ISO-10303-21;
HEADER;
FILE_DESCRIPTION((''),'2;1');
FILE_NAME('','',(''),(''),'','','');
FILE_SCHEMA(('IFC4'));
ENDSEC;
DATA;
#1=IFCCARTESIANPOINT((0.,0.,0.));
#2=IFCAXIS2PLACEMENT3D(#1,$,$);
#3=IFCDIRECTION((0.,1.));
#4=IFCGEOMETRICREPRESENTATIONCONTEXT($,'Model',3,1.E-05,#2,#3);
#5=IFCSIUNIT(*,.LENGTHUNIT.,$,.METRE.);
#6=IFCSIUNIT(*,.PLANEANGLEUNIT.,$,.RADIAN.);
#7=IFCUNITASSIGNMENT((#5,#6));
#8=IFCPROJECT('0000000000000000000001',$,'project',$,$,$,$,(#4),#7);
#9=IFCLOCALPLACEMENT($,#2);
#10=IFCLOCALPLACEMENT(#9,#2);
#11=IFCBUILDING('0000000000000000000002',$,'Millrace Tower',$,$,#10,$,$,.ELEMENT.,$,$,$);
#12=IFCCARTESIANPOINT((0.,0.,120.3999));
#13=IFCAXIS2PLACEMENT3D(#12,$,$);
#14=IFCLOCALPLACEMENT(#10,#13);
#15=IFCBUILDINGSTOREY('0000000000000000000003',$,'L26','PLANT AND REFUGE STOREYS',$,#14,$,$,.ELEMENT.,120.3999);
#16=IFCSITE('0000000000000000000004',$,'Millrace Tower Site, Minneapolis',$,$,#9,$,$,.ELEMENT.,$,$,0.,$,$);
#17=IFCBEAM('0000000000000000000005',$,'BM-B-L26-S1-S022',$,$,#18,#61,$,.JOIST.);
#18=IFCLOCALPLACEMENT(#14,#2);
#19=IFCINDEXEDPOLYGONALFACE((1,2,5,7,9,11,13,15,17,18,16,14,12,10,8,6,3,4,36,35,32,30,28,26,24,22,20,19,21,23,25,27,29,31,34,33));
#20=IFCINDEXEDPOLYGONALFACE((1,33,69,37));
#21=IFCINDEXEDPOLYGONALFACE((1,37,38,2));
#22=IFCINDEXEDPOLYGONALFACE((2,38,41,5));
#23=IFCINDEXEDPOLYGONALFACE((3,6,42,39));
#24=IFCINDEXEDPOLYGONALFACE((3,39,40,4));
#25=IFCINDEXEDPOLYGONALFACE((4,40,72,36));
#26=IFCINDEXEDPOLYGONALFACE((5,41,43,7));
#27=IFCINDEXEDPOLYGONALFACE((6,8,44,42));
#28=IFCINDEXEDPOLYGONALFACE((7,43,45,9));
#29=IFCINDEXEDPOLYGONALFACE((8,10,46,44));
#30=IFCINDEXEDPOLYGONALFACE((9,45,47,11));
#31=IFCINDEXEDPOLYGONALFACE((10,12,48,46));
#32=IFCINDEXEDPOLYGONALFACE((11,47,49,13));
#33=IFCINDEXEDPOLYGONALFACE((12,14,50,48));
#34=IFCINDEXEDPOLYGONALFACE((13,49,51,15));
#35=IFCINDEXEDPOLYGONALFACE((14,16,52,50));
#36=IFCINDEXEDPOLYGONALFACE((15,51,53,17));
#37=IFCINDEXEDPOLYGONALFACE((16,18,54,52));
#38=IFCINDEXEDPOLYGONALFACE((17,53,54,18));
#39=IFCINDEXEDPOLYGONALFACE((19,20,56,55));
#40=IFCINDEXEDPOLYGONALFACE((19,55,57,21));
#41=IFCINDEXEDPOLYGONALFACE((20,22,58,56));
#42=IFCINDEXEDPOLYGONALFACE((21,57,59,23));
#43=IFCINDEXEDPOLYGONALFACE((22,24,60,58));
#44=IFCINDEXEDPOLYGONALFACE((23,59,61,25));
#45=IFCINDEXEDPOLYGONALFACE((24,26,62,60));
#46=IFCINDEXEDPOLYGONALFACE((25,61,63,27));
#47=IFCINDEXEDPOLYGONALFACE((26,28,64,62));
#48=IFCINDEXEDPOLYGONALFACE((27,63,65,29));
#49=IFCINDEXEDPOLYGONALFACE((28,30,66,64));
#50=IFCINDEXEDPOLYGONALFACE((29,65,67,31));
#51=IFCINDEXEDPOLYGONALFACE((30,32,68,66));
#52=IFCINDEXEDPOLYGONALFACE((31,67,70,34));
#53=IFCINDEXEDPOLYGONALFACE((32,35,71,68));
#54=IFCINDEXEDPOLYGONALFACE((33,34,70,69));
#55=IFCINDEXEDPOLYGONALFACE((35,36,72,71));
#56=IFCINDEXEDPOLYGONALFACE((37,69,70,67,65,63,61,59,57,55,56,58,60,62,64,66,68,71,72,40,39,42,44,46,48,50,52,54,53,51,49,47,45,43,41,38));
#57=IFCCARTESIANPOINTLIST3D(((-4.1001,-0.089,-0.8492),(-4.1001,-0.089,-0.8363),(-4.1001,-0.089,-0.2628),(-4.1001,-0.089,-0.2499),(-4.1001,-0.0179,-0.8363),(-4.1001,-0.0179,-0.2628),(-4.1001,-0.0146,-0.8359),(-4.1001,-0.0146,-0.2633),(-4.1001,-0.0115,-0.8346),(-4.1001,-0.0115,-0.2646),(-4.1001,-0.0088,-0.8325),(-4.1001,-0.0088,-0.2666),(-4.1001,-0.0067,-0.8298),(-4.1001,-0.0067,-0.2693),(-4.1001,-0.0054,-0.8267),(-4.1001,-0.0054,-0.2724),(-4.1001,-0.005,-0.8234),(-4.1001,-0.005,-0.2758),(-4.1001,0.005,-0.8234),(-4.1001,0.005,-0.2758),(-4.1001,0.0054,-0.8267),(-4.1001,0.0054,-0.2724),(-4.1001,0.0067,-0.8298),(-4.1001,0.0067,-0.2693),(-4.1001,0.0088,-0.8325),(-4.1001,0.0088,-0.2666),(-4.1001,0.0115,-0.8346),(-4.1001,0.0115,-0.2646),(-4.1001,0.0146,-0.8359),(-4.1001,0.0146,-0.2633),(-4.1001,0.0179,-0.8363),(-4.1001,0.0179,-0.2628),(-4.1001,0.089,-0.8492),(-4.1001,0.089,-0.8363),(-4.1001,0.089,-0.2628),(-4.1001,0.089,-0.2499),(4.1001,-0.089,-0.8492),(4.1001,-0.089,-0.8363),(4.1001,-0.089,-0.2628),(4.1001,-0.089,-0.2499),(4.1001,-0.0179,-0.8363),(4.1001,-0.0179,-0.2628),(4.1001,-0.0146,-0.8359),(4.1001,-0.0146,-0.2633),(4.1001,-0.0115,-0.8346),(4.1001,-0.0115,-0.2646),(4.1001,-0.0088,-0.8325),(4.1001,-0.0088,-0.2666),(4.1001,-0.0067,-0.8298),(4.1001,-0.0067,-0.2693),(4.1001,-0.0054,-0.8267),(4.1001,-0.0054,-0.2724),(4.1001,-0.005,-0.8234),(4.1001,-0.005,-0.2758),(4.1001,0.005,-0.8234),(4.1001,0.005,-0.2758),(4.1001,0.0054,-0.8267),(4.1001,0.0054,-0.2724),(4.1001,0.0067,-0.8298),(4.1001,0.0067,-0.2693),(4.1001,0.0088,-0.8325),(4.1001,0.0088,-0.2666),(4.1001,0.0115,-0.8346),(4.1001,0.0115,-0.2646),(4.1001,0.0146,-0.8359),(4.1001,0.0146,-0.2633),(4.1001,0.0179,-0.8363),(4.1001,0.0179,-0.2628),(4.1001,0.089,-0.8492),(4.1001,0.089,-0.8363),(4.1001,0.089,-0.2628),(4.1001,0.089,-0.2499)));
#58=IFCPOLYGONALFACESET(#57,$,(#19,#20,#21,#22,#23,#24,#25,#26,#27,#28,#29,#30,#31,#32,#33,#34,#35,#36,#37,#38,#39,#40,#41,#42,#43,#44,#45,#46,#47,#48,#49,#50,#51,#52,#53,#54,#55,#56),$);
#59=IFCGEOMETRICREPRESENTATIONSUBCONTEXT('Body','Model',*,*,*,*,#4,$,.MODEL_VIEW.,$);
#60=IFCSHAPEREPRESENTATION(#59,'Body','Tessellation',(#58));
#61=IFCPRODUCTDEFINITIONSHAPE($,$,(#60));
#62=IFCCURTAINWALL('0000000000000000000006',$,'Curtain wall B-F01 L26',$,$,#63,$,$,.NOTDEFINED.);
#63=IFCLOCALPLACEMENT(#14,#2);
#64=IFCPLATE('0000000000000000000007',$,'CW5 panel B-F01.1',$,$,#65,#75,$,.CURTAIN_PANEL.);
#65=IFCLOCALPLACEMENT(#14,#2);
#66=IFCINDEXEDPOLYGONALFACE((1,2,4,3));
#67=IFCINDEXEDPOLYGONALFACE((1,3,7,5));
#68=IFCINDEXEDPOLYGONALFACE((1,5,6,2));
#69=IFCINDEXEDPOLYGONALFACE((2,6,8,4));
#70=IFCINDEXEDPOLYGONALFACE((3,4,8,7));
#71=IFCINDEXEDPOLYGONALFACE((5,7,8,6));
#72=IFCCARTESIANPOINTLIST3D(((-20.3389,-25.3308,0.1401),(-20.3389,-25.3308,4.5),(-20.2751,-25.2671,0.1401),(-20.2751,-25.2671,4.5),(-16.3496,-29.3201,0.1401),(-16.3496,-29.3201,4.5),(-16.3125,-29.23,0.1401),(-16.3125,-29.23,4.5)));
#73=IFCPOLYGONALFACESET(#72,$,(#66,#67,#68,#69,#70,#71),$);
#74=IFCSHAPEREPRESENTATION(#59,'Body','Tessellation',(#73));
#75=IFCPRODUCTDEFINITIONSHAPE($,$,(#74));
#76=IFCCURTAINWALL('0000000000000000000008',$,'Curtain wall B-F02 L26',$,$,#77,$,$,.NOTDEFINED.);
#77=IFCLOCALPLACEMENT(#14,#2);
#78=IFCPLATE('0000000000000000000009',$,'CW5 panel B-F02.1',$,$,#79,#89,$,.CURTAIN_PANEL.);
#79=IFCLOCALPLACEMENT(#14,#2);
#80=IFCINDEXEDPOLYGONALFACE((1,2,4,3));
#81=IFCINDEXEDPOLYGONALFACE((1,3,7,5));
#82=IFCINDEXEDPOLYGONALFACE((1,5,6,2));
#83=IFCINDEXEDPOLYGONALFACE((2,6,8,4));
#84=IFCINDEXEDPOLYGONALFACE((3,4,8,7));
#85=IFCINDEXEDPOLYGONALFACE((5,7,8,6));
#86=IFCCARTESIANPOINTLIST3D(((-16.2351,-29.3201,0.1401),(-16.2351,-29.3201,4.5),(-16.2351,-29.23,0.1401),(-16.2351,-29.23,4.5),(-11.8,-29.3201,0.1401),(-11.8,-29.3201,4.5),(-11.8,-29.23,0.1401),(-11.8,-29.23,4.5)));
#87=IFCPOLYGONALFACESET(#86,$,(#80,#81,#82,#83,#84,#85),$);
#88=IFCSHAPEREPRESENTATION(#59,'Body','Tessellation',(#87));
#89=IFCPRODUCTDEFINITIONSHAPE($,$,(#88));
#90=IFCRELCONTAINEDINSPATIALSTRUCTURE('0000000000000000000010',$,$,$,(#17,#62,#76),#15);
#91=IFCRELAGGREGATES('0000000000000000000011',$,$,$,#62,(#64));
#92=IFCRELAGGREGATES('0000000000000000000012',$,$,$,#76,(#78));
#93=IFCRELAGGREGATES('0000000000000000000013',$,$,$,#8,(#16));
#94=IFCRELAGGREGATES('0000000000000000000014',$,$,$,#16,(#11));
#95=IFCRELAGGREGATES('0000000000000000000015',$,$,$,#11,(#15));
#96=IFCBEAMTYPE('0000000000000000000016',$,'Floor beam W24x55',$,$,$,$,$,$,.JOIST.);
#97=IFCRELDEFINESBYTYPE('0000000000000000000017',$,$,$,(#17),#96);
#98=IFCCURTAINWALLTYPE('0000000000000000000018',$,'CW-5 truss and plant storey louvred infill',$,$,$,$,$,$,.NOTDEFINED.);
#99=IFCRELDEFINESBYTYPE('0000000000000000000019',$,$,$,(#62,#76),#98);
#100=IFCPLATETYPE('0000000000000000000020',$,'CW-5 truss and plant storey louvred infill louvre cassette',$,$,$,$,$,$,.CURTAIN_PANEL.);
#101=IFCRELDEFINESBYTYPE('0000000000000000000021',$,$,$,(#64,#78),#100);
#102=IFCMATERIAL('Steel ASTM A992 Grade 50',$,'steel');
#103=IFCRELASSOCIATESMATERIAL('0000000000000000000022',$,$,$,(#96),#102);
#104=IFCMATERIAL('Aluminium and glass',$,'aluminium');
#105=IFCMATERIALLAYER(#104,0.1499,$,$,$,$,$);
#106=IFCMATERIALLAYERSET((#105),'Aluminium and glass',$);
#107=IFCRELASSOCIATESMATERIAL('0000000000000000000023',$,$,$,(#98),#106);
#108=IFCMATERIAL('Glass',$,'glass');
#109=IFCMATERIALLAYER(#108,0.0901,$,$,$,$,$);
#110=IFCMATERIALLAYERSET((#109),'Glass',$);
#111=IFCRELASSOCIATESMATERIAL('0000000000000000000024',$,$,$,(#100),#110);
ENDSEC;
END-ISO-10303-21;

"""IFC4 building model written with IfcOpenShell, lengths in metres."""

from ifc_helpers import new_model, si_unit, direction, frame, origin, origin_2d, place, context, subcontext, project, spatial, polyline, i_section, outline, extrude, material, layer, layer_set, material_profile, profile_set, type_object, element, aggregate, save


model = new_model("IFC4")

# Units and contexts
model_context = context("Model", 3, precision=1e-05, world=origin(), true_north=direction((0.0, 1.0)))
body_context = subcontext(model_context, "Body", "Model", "MODEL_VIEW")
ifc_project = project(units=[si_unit("LENGTHUNIT", "METRE"), si_unit("PLANEANGLEUNIT", "RADIAN")], contexts=[model_context])

# Site, building, storey
site_placement = place(None, origin())
site = spatial("IfcSite", under=ifc_project, at=site_placement, Name="Millrace Tower Site, Minneapolis", CompositionType="ELEMENT", RefElevation=0.0)
building_placement = place(site_placement, origin())
building = spatial("IfcBuilding", under=site, at=building_placement, Name="Millrace Tower", CompositionType="ELEMENT")
storey_placement = place(building_placement, frame((0.0, 0.0, 120.3999)))
storey = spatial("IfcBuildingStorey", under=building, at=storey_placement, Name="L26", Description="PLANT AND REFUGE STOREYS", CompositionType="ELEMENT", Elevation=120.3999)

# Beam
ifc_material_1 = material(Name="Steel ASTM A992 Grade 50", Category="steel")
ifc_material_profile_1 = material_profile(ifc_material_1, i_section(OverallWidth=0.178, OverallDepth=0.5994, WebThickness=0.01, FlangeThickness=0.0129, FilletRadius=0.0129, at=origin_2d()))
ifc_profile_set_1 = profile_set([ifc_material_profile_1], Name="Steel ASTM A992 Grade 50")
beam_type_1 = type_object("IfcBeamType", Name="Floor beam W24x55", PredefinedType="JOIST", material=ifc_profile_set_1)
for number, where, z_axis, x_axis, name in (
    (1, (-4.1001, 0.0, -0.5496), (1.0, 0.0, 0.0), (0.0, 1.0, 0.0), "BM-B-L26-S1-S022"),
):
    element("IfcBeam", number, at=place(storey_placement, frame(where, z_axis=z_axis, x_axis=x_axis)), inside=storey, type_object=beam_type_1, Name=name, PredefinedType="JOIST", context=body_context, shape_type="SweptSolid", body=[
        extrude(i_section(OverallWidth=0.178, OverallDepth=0.5994, WebThickness=0.01, FlangeThickness=0.0129, FilletRadius=0.0129, at=origin_2d()), origin(), (0.0, 0.0, 1.0), 8.2002),
    ])

# Curtain walls, plates
ifc_material_2 = material(Name="Aluminium and glass", Category="aluminium")
ifc_layer_1 = layer(ifc_material_2, 0.1499)
ifc_layer_set_1 = layer_set([ifc_layer_1], Name="Aluminium and glass")
curtain_wall_type = type_object("IfcCurtainWallType", Name="CW-5 truss and plant storey louvred infill", PredefinedType="NOTDEFINED", material=ifc_layer_set_1)
placement_1 = place(storey_placement, origin())
curtain_wall_1 = element("IfcCurtainWall", 2, at=placement_1, inside=storey, type_object=curtain_wall_type, Name="Curtain wall B-F01 L26", PredefinedType="NOTDEFINED")
ifc_material_3 = material(Name="Glass", Category="glass")
ifc_layer_2 = layer(ifc_material_3, 0.0901)
ifc_layer_set_2 = layer_set([ifc_layer_2], Name="Glass")
plate_type = type_object("IfcPlateType", Name="CW-5 truss and plant storey louvred infill louvre cassette", PredefinedType="CURTAIN_PANEL", material=ifc_layer_set_2)
placement_2 = place(storey_placement, frame((0.0, 0.0, 0.1401)))
plate_1 = element("IfcPlate", 3, at=placement_2, type_object=plate_type, Name="CW5 panel B-F01.1", PredefinedType="CURTAIN_PANEL", context=body_context, shape_type="SweptSolid", body=[
    extrude(outline(polyline([(-20.3389, -25.3308), (-16.3496, -29.3201), (-16.3125, -29.23), (-20.2751, -25.2671), (-20.3389, -25.3308)])), origin(), (0.0, 0.0, 1.0), 4.3599),
])
aggregate(curtain_wall_1, [plate_1])
curtain_wall_2 = element("IfcCurtainWall", 4, at=placement_1, inside=storey, type_object=curtain_wall_type, Name="Curtain wall B-F02 L26", PredefinedType="NOTDEFINED")
plate_2 = element("IfcPlate", 5, at=placement_2, type_object=plate_type, Name="CW5 panel B-F02.1", PredefinedType="CURTAIN_PANEL", context=body_context, shape_type="SweptSolid", body=[
    extrude(outline(polyline([(-16.2351, -29.3201), (-11.8, -29.3201), (-11.8, -29.23), (-16.2351, -29.23), (-16.2351, -29.3201)])), origin(), (0.0, 0.0, 1.0), 4.3599),
])
aggregate(curtain_wall_2, [plate_2])

save(model, "model.ifc")
